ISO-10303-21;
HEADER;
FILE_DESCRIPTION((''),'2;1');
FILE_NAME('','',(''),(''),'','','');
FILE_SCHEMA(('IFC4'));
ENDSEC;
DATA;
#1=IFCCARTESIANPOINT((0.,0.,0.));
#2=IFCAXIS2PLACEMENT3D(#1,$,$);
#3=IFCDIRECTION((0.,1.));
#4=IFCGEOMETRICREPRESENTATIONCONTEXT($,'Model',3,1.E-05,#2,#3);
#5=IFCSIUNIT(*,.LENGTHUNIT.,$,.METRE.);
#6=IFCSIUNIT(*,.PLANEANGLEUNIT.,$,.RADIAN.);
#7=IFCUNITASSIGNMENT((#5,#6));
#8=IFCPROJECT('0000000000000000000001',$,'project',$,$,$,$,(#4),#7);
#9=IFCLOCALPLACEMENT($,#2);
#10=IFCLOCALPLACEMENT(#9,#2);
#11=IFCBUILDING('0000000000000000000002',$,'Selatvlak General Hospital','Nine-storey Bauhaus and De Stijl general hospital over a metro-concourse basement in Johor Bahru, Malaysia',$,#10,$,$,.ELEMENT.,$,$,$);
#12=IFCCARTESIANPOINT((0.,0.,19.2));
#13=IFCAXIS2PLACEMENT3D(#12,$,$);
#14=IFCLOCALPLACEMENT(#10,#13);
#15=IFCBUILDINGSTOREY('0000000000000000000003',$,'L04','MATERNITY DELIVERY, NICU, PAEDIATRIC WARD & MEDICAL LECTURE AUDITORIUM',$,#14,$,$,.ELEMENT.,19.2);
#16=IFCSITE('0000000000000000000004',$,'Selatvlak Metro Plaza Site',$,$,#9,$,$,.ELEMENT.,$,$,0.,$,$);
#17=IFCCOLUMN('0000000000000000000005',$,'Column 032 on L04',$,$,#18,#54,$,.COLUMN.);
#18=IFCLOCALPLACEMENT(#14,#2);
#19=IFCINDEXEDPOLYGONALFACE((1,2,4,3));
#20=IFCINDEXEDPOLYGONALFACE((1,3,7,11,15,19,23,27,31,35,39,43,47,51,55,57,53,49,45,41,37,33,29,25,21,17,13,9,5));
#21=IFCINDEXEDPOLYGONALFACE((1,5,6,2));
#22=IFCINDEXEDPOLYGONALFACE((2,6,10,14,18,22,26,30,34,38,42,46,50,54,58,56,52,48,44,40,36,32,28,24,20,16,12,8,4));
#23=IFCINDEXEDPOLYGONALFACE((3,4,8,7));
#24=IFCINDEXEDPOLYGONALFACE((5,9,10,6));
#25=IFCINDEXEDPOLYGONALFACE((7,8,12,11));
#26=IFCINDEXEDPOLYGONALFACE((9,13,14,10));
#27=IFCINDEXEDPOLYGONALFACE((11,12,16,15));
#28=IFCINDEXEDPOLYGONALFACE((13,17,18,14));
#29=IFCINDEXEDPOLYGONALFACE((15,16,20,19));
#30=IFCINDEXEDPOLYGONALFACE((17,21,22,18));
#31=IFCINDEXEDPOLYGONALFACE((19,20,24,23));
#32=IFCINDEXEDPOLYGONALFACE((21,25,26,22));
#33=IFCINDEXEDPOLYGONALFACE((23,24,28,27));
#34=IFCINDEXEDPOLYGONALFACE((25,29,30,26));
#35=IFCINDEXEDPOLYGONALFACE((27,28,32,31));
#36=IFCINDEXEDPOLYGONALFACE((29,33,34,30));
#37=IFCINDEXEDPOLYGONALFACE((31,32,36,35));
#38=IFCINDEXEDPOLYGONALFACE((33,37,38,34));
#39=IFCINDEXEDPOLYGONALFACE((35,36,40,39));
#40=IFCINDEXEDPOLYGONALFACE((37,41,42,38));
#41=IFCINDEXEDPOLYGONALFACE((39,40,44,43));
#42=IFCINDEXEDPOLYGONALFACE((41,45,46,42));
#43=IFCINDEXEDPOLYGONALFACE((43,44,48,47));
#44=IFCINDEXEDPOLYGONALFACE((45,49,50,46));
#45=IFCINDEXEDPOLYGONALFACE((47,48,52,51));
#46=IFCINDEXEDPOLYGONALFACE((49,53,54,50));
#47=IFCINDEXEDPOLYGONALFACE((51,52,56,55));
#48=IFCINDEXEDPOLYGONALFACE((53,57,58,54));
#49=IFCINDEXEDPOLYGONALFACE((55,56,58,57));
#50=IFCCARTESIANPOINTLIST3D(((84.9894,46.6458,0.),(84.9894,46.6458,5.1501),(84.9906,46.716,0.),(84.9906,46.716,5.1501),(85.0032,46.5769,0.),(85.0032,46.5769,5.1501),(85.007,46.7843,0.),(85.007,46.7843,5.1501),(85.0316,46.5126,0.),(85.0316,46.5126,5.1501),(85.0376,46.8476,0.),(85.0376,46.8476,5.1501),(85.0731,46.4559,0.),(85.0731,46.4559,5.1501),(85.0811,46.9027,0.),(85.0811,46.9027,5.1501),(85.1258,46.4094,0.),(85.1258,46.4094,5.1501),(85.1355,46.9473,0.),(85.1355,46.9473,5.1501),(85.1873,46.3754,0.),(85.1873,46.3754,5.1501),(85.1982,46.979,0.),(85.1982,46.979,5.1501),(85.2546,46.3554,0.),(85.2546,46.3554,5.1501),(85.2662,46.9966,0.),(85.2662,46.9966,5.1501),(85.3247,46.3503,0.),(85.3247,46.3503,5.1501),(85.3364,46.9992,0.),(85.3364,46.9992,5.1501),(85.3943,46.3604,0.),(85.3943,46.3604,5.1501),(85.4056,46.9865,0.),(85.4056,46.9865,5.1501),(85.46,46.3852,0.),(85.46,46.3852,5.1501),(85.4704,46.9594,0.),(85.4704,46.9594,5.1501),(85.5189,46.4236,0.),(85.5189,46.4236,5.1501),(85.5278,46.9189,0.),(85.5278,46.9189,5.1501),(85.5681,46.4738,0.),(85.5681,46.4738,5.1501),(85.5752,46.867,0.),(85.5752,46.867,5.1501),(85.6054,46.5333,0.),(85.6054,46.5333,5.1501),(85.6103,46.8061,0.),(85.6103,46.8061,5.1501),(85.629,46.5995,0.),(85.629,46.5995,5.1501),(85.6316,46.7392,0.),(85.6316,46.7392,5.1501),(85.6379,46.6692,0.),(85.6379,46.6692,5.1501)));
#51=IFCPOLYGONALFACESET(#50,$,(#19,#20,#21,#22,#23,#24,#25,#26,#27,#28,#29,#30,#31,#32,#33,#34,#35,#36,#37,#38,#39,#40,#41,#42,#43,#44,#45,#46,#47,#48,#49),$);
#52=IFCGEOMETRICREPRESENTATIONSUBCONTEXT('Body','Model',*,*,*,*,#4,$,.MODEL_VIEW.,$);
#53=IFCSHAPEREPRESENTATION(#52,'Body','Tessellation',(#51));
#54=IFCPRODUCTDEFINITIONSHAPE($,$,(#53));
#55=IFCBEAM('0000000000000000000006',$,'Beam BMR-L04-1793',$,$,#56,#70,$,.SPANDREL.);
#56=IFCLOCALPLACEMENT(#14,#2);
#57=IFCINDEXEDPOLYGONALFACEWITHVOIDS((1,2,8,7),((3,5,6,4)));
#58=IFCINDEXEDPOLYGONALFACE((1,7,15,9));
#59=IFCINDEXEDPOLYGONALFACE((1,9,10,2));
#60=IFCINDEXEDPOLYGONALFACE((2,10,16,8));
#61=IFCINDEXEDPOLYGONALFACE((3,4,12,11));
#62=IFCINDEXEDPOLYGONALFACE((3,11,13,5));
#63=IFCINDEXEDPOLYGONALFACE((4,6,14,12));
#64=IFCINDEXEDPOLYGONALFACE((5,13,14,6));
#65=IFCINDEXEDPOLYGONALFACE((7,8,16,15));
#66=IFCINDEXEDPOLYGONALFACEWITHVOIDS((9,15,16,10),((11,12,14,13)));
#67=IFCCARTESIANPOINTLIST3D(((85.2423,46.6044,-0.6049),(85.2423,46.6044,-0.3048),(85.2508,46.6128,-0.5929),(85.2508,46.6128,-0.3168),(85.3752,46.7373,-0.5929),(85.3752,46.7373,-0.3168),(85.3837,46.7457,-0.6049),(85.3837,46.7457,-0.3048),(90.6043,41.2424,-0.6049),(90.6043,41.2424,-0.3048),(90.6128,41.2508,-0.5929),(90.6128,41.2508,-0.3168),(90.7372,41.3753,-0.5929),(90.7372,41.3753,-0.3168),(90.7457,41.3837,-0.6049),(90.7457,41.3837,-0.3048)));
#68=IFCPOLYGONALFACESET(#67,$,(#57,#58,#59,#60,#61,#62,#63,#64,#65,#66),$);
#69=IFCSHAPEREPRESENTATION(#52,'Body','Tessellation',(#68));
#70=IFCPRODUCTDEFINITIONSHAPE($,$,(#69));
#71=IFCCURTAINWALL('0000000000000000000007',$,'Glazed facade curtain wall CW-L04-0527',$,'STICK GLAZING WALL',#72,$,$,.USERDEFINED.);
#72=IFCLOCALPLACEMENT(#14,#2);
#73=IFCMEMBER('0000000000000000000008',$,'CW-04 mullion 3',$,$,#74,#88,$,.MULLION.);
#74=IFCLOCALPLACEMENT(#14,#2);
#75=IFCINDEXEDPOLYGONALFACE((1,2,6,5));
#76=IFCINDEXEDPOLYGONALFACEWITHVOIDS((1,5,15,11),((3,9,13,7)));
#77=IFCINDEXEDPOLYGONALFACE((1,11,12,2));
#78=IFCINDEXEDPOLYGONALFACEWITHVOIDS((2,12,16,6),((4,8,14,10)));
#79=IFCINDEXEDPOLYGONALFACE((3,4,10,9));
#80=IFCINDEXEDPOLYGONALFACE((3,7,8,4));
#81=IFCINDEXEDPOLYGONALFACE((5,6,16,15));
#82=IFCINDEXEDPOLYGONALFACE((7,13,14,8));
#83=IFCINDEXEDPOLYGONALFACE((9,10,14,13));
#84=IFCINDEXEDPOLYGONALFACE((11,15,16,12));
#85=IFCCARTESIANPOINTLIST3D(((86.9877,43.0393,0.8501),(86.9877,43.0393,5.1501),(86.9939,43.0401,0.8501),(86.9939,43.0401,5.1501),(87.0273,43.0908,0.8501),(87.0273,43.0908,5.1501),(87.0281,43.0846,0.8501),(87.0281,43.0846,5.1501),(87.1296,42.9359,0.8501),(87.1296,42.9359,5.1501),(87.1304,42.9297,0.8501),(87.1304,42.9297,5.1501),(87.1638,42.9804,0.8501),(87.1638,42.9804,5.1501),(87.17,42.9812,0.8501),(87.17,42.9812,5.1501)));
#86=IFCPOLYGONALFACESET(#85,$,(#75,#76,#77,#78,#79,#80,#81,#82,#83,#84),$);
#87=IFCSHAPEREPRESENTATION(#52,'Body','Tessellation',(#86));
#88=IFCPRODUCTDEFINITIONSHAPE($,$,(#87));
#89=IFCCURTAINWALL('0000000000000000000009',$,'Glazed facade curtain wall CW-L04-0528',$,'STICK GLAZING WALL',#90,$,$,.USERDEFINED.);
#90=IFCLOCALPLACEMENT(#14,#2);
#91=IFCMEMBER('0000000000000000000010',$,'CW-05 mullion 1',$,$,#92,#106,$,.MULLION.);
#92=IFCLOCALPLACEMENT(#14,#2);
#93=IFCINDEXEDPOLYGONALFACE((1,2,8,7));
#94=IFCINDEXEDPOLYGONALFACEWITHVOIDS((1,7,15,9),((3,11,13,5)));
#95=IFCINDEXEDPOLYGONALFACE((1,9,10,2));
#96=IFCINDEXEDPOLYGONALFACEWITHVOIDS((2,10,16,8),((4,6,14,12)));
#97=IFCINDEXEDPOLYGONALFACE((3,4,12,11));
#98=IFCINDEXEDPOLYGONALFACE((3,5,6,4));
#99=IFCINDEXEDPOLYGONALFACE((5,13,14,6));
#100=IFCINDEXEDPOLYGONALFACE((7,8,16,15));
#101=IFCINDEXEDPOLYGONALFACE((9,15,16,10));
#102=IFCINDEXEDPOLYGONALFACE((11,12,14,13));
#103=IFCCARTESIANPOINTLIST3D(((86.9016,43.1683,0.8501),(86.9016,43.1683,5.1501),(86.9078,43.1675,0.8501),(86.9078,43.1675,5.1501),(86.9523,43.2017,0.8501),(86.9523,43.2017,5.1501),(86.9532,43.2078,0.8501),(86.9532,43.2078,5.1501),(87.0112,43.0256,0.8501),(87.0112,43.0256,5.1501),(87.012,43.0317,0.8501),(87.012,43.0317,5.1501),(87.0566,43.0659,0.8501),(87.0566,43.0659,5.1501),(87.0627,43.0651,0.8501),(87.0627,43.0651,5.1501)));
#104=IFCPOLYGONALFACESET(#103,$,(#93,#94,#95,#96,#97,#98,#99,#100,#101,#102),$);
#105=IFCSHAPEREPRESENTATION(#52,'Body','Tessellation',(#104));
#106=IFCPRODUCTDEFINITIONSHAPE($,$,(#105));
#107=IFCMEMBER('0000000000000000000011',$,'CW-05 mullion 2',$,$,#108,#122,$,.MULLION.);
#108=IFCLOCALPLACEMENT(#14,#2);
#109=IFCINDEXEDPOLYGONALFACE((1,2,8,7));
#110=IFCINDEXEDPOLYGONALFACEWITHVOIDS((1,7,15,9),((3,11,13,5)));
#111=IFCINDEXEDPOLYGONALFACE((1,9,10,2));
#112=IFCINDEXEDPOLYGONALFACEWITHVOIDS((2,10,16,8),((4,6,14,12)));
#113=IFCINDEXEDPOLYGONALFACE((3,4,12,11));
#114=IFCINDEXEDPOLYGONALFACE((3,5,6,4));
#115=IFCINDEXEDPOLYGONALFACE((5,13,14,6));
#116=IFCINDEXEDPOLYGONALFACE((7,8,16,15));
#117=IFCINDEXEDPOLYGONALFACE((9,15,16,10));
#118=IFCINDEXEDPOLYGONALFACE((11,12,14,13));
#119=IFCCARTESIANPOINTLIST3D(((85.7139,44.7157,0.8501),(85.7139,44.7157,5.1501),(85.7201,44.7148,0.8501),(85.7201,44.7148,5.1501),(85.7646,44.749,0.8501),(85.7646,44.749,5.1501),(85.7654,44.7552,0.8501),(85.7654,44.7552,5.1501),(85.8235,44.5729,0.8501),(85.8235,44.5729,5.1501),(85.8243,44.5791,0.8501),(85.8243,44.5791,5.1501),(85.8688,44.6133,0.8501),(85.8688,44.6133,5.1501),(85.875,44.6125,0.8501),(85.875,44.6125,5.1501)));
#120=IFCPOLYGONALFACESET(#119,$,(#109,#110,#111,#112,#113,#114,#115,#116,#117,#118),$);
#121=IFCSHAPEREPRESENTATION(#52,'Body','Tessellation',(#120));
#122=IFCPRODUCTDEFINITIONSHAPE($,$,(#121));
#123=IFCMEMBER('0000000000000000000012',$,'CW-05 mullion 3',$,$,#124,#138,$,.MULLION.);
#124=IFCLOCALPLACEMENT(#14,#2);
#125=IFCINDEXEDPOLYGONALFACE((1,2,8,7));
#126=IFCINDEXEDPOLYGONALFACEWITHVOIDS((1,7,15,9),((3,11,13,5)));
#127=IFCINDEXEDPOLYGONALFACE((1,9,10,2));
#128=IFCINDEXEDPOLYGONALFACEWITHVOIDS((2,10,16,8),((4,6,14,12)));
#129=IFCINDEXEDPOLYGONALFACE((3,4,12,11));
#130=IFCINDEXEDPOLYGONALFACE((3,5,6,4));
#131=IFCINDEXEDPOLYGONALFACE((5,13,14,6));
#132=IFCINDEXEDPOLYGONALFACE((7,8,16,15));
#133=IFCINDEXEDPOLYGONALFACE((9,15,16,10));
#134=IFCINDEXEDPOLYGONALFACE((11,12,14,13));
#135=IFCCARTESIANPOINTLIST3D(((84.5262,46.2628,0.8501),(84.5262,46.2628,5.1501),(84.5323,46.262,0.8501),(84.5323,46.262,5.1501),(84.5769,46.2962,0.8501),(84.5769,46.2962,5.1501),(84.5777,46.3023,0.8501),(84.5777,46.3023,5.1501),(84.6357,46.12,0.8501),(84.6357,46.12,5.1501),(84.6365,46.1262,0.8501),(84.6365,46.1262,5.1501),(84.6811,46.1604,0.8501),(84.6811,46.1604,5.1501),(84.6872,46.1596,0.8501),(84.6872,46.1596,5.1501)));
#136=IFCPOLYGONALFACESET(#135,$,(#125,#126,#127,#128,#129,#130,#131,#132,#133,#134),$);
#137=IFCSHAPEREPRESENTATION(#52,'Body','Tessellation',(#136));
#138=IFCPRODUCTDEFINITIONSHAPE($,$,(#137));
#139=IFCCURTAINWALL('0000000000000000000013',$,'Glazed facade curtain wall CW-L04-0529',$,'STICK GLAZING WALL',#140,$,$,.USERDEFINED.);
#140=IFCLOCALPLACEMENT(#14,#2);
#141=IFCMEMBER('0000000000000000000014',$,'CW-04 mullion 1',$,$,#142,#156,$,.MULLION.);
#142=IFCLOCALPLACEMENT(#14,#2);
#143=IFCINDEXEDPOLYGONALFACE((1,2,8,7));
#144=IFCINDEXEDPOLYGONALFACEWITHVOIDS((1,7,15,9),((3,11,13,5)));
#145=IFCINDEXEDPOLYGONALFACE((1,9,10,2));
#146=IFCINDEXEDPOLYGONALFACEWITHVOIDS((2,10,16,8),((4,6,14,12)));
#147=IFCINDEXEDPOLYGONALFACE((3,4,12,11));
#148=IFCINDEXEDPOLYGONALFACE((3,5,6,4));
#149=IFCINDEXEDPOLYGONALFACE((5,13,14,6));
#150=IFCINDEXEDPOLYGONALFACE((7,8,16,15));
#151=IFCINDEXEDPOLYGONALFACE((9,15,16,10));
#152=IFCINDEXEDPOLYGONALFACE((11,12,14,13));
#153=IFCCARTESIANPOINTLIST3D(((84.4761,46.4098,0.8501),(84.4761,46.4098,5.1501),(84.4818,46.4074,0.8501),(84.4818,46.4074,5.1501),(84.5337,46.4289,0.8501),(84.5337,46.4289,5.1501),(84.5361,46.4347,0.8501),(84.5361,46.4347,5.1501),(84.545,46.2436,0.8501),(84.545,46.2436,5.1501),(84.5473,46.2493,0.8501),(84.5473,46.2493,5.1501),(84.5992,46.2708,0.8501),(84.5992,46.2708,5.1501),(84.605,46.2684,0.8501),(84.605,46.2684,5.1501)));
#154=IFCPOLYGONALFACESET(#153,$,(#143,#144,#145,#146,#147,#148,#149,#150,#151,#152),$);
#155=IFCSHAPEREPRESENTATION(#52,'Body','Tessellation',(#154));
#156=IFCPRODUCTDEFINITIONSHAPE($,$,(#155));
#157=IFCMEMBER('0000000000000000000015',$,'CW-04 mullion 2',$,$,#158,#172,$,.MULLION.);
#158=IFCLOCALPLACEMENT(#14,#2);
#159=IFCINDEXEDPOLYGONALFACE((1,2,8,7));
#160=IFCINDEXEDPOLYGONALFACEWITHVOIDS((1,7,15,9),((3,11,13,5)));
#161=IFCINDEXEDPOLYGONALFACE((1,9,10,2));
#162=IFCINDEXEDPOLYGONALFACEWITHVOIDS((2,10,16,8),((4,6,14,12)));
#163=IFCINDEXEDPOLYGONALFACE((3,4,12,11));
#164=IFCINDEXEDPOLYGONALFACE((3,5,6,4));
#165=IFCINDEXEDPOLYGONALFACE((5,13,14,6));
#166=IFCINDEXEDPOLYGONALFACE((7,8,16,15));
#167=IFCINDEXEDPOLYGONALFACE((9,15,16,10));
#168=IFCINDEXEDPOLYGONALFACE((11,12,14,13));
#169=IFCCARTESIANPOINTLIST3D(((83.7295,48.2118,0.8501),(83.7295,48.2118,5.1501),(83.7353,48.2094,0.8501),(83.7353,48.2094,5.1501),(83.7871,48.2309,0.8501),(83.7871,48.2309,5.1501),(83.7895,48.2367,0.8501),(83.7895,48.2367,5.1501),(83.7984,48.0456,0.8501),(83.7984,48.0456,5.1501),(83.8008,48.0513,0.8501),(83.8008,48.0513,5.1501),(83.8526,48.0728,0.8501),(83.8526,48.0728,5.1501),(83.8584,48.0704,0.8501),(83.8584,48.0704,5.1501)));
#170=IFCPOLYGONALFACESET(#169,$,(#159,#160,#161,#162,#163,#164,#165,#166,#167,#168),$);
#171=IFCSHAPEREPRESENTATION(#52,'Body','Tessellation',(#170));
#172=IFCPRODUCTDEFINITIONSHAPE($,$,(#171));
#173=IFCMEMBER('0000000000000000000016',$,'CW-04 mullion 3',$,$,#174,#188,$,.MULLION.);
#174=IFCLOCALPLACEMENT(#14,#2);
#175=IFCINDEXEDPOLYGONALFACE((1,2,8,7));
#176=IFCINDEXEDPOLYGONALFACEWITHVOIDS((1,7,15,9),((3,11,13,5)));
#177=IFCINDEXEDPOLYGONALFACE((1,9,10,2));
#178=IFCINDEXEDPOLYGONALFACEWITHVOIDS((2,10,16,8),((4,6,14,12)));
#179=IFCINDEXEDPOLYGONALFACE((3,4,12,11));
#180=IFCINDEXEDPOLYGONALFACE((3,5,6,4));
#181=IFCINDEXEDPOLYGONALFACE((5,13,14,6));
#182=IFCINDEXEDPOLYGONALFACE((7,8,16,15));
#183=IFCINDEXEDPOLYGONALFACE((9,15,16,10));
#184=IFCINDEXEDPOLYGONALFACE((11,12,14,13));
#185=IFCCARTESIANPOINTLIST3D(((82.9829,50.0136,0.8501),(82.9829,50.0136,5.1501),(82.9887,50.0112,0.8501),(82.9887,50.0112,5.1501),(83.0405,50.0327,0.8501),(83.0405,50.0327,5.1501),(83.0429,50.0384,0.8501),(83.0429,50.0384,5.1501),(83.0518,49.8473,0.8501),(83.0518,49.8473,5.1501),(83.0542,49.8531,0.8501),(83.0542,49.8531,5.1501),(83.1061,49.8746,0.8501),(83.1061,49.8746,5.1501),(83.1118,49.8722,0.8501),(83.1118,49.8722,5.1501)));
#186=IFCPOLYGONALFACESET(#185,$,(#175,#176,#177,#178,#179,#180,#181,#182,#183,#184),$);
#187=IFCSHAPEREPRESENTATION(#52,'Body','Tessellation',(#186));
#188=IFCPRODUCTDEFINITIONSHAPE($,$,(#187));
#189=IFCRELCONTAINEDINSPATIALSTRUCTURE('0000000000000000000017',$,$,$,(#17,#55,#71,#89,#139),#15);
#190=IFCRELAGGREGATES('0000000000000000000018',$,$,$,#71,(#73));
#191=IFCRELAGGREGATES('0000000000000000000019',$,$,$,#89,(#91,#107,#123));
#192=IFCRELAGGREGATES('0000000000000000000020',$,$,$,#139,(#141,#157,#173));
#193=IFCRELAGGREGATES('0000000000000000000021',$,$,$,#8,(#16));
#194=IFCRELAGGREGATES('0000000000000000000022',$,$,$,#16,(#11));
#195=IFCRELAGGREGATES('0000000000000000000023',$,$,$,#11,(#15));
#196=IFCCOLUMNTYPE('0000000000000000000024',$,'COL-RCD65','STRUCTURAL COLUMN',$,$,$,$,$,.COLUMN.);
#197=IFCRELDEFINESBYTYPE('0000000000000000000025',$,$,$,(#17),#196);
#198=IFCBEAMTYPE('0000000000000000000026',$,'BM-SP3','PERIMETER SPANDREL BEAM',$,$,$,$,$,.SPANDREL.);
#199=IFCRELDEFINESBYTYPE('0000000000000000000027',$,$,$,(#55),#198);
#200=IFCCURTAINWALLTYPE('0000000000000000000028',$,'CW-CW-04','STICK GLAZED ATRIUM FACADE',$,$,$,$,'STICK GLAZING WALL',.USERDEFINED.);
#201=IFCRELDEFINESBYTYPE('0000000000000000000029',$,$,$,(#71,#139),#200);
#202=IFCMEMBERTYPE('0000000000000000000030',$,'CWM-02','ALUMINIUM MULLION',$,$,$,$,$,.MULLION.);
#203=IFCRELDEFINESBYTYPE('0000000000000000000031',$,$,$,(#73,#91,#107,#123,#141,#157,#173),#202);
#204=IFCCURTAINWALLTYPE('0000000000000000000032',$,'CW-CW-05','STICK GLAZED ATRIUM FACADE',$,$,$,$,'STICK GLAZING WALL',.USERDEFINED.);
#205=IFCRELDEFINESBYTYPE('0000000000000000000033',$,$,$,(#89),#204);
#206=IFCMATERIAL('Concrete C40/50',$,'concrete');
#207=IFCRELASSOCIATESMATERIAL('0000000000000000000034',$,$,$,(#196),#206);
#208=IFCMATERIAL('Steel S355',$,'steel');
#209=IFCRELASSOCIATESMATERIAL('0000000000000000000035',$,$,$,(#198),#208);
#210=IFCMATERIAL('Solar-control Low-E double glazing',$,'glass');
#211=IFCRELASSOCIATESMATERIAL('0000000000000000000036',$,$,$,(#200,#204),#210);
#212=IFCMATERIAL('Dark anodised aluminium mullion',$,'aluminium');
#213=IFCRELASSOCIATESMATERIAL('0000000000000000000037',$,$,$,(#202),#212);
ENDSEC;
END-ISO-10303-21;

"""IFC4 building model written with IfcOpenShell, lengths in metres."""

from ifc_helpers import new_model, si_unit, direction, frame, origin, origin_2d, place, context, subcontext, project, spatial, hollow_rectangle, circle, extrude, material, material_profile, profile_set, type_object, element, aggregate, save


model = new_model("IFC4")

# Units and contexts
model_context = context("Model", 3, precision=1e-05, world=origin(), true_north=direction((0.0, 1.0)))
body_context = subcontext(model_context, "Body", "Model", "MODEL_VIEW")
ifc_project = project(units=[si_unit("LENGTHUNIT", "METRE"), si_unit("PLANEANGLEUNIT", "RADIAN")], contexts=[model_context])

# Site, building, storey
site_placement = place(None, origin())
site = spatial("IfcSite", under=ifc_project, at=site_placement, Name="Selatvlak Metro Plaza Site", CompositionType="ELEMENT", RefElevation=0.0)
building_placement = place(site_placement, origin())
building = spatial("IfcBuilding", under=site, at=building_placement, Name="Selatvlak General Hospital", Description="Nine-storey Bauhaus and De Stijl general hospital over a metro-concourse basement in Johor Bahru, Malaysia", CompositionType="ELEMENT")
storey_placement = place(building_placement, frame((0.0, 0.0, 19.2)))
storey = spatial("IfcBuildingStorey", under=building, at=storey_placement, Name="L04", Description="MATERNITY DELIVERY, NICU, PAEDIATRIC WARD & MEDICAL LECTURE AUDITORIUM", CompositionType="ELEMENT", Elevation=19.2)

# Column
ifc_material_1 = material(Name="Concrete C40/50", Category="concrete")
ifc_material_profile_1 = material_profile(ifc_material_1, circle(Radius=0.325, at=origin_2d()), Name="RC-COL D650")
ifc_profile_set_1 = profile_set([ifc_material_profile_1], Name="Concrete C40/50")
column_type = type_object("IfcColumnType", Name="COL-RCD65", Description="STRUCTURAL COLUMN", PredefinedType="COLUMN", material=ifc_profile_set_1)
column_placement = place(storey_placement, frame((85.313, 46.675, 0.0), z_axis=(0.0, 0.0, 1.0), x_axis=(-0.866025, -0.5, 0.0)))
element("IfcColumn", 1, at=column_placement, inside=storey, type_object=column_type, Name="Column 032 on L04", PredefinedType="COLUMN", context=body_context, shape_type="SweptSolid", body=[
    extrude(circle(Radius=0.325, at=origin_2d()), origin(), (0.0, 0.0, 1.0), 5.1501),
])

# Beam
ifc_material_2 = material(Name="Steel S355", Category="steel")
ifc_material_profile_2 = material_profile(ifc_material_2, hollow_rectangle(XDim=0.2, YDim=0.3, WallThickness=0.012, at=origin_2d()), Name="RHS 300x200x12")
ifc_profile_set_2 = profile_set([ifc_material_profile_2], Name="Steel S355")
beam_type = type_object("IfcBeamType", Name="BM-SP3", Description="PERIMETER SPANDREL BEAM", PredefinedType="SPANDREL", material=ifc_profile_set_2)
beam_placement = place(storey_placement, frame((85.313, 46.675, -0.4548), z_axis=(0.707107, -0.707107, 0.0), x_axis=(0.707107, 0.707107, 0.0)))
element("IfcBeam", 2, at=beam_placement, inside=storey, type_object=beam_type, Name="Beam BMR-L04-1793", PredefinedType="SPANDREL", context=body_context, shape_type="SweptSolid", body=[
    extrude(hollow_rectangle(XDim=0.2, YDim=0.3, WallThickness=0.012, at=origin_2d()), origin(), (0.0, 0.0, 1.0), 7.583),
])

# Curtain wall, member
ifc_material_3 = material(Name="Solar-control Low-E double glazing", Category="glass")
curtain_wall_type_1 = type_object("IfcCurtainWallType", Name="CW-CW-04", Description="STICK GLAZED ATRIUM FACADE", ElementType="STICK GLAZING WALL", PredefinedType="USERDEFINED", material=ifc_material_3)
curtain_wall_1_placement = place(storey_placement, origin())
curtain_wall_1 = element("IfcCurtainWall", 3, at=curtain_wall_1_placement, inside=storey, type_object=curtain_wall_type_1, Name="Glazed facade curtain wall CW-L04-0527", ObjectType="STICK GLAZING WALL", PredefinedType="USERDEFINED")
ifc_material_4 = material(Name="Dark anodised aluminium mullion", Category="aluminium")
ifc_material_profile_3 = material_profile(ifc_material_4, hollow_rectangle(XDim=0.0649, YDim=0.1799, WallThickness=0.0044, at=origin_2d()), Name="AL-MUL 65x180x4.5")
ifc_profile_set_3 = profile_set([ifc_material_profile_3], Name="Dark anodised aluminium mullion")
member_type_1 = type_object("IfcMemberType", Name="CWM-02", Description="ALUMINIUM MULLION", PredefinedType="MULLION", material=ifc_profile_set_3)
member_1_placement = place(storey_placement, frame((87.0789, 43.0103, 0.8501), z_axis=(0.0, 0.0, 1.0), x_axis=(-0.608918, -0.793233, 0.0)))
member_1 = element("IfcMember", 4, at=member_1_placement, type_object=member_type_1, Name="CW-04 mullion 3", PredefinedType="MULLION", context=body_context, shape_type="SweptSolid", body=[
    extrude(hollow_rectangle(XDim=0.0649, YDim=0.1799, WallThickness=0.0044, at=origin_2d()), origin(), (0.0, 0.0, 1.0), 4.3),
])
aggregate(curtain_wall_1, [member_1])

# Curtain walls, members
curtain_wall_type_2 = type_object("IfcCurtainWallType", Name="CW-CW-05", Description="STICK GLAZED ATRIUM FACADE", ElementType="STICK GLAZING WALL", PredefinedType="USERDEFINED", material=ifc_material_3)
curtain_wall_2_placement = place(storey_placement, origin())
curtain_wall_2 = element("IfcCurtainWall", 5, at=curtain_wall_2_placement, inside=storey, type_object=curtain_wall_type_2, Name="Glazed facade curtain wall CW-L04-0528", ObjectType="STICK GLAZING WALL", PredefinedType="USERDEFINED")
member_2_placement = place(storey_placement, frame((86.9822, 43.1167, 0.8501), z_axis=(0.0, 0.0, 1.0), x_axis=(-0.793233, -0.608918, 0.0)))
member_2 = element("IfcMember", 6, at=member_2_placement, type_object=member_type_1, Name="CW-05 mullion 1", PredefinedType="MULLION", context=body_context, shape_type="SweptSolid", body=[
    extrude(hollow_rectangle(XDim=0.0649, YDim=0.1799, WallThickness=0.0044, at=origin_2d()), origin(), (0.0, 0.0, 1.0), 4.3),
])
member_3_placement = place(storey_placement, frame((85.7944, 44.6641, 0.8501), z_axis=(0.0, 0.0, 1.0), x_axis=(-0.793233, -0.608918, 0.0)))
member_3 = element("IfcMember", 7, at=member_3_placement, type_object=member_type_1, Name="CW-05 mullion 2", PredefinedType="MULLION", context=body_context, shape_type="SweptSolid", body=[
    extrude(hollow_rectangle(XDim=0.0649, YDim=0.1799, WallThickness=0.0044, at=origin_2d()), origin(), (0.0, 0.0, 1.0), 4.3),
])
member_4_placement = place(storey_placement, frame((84.6067, 46.2112, 0.8501), z_axis=(0.0, 0.0, 1.0), x_axis=(-0.793233, -0.608918, 0.0)))
member_4 = element("IfcMember", 8, at=member_4_placement, type_object=member_type_1, Name="CW-05 mullion 3", PredefinedType="MULLION", context=body_context, shape_type="SweptSolid", body=[
    extrude(hollow_rectangle(XDim=0.0649, YDim=0.1799, WallThickness=0.0044, at=origin_2d()), origin(), (0.0, 0.0, 1.0), 4.3),
])
curtain_wall_3_placement = place(storey_placement, origin())
curtain_wall_3 = element("IfcCurtainWall", 9, at=curtain_wall_3_placement, inside=storey, type_object=curtain_wall_type_1, Name="Glazed facade curtain wall CW-L04-0529", ObjectType="STICK GLAZING WALL", PredefinedType="USERDEFINED")
member_5_placement = place(storey_placement, frame((84.5405, 46.3391, 0.8501), z_axis=(0.0, 0.0, 1.0), x_axis=(-0.923851, -0.382753, 0.0)))
member_5 = element("IfcMember", 10, at=member_5_placement, type_object=member_type_1, Name="CW-04 mullion 1", PredefinedType="MULLION", context=body_context, shape_type="SweptSolid", body=[
    extrude(hollow_rectangle(XDim=0.0649, YDim=0.1799, WallThickness=0.0044, at=origin_2d()), origin(), (0.0, 0.0, 1.0), 4.3),
])
member_6_placement = place(storey_placement, frame((83.7939, 48.1411, 0.8501), z_axis=(0.0, 0.0, 1.0), x_axis=(-0.923851, -0.382753, 0.0)))
member_6 = element("IfcMember", 11, at=member_6_placement, type_object=member_type_1, Name="CW-04 mullion 2", PredefinedType="MULLION", context=body_context, shape_type="SweptSolid", body=[
    extrude(hollow_rectangle(XDim=0.0649, YDim=0.1799, WallThickness=0.0044, at=origin_2d()), origin(), (0.0, 0.0, 1.0), 4.3),
])
member_7_placement = place(storey_placement, frame((83.0474, 49.9429, 0.8501), z_axis=(0.0, 0.0, 1.0), x_axis=(-0.923851, -0.382753, 0.0)))
member_7 = element("IfcMember", 12, at=member_7_placement, type_object=member_type_1, Name="CW-04 mullion 3", PredefinedType="MULLION", context=body_context, shape_type="SweptSolid", body=[
    extrude(hollow_rectangle(XDim=0.0649, YDim=0.1799, WallThickness=0.0044, at=origin_2d()), origin(), (0.0, 0.0, 1.0), 4.3),
])

aggregate(curtain_wall_2, [member_2, member_3, member_4])
aggregate(curtain_wall_3, [member_5, member_6, member_7])

save(model, "model.ifc")
